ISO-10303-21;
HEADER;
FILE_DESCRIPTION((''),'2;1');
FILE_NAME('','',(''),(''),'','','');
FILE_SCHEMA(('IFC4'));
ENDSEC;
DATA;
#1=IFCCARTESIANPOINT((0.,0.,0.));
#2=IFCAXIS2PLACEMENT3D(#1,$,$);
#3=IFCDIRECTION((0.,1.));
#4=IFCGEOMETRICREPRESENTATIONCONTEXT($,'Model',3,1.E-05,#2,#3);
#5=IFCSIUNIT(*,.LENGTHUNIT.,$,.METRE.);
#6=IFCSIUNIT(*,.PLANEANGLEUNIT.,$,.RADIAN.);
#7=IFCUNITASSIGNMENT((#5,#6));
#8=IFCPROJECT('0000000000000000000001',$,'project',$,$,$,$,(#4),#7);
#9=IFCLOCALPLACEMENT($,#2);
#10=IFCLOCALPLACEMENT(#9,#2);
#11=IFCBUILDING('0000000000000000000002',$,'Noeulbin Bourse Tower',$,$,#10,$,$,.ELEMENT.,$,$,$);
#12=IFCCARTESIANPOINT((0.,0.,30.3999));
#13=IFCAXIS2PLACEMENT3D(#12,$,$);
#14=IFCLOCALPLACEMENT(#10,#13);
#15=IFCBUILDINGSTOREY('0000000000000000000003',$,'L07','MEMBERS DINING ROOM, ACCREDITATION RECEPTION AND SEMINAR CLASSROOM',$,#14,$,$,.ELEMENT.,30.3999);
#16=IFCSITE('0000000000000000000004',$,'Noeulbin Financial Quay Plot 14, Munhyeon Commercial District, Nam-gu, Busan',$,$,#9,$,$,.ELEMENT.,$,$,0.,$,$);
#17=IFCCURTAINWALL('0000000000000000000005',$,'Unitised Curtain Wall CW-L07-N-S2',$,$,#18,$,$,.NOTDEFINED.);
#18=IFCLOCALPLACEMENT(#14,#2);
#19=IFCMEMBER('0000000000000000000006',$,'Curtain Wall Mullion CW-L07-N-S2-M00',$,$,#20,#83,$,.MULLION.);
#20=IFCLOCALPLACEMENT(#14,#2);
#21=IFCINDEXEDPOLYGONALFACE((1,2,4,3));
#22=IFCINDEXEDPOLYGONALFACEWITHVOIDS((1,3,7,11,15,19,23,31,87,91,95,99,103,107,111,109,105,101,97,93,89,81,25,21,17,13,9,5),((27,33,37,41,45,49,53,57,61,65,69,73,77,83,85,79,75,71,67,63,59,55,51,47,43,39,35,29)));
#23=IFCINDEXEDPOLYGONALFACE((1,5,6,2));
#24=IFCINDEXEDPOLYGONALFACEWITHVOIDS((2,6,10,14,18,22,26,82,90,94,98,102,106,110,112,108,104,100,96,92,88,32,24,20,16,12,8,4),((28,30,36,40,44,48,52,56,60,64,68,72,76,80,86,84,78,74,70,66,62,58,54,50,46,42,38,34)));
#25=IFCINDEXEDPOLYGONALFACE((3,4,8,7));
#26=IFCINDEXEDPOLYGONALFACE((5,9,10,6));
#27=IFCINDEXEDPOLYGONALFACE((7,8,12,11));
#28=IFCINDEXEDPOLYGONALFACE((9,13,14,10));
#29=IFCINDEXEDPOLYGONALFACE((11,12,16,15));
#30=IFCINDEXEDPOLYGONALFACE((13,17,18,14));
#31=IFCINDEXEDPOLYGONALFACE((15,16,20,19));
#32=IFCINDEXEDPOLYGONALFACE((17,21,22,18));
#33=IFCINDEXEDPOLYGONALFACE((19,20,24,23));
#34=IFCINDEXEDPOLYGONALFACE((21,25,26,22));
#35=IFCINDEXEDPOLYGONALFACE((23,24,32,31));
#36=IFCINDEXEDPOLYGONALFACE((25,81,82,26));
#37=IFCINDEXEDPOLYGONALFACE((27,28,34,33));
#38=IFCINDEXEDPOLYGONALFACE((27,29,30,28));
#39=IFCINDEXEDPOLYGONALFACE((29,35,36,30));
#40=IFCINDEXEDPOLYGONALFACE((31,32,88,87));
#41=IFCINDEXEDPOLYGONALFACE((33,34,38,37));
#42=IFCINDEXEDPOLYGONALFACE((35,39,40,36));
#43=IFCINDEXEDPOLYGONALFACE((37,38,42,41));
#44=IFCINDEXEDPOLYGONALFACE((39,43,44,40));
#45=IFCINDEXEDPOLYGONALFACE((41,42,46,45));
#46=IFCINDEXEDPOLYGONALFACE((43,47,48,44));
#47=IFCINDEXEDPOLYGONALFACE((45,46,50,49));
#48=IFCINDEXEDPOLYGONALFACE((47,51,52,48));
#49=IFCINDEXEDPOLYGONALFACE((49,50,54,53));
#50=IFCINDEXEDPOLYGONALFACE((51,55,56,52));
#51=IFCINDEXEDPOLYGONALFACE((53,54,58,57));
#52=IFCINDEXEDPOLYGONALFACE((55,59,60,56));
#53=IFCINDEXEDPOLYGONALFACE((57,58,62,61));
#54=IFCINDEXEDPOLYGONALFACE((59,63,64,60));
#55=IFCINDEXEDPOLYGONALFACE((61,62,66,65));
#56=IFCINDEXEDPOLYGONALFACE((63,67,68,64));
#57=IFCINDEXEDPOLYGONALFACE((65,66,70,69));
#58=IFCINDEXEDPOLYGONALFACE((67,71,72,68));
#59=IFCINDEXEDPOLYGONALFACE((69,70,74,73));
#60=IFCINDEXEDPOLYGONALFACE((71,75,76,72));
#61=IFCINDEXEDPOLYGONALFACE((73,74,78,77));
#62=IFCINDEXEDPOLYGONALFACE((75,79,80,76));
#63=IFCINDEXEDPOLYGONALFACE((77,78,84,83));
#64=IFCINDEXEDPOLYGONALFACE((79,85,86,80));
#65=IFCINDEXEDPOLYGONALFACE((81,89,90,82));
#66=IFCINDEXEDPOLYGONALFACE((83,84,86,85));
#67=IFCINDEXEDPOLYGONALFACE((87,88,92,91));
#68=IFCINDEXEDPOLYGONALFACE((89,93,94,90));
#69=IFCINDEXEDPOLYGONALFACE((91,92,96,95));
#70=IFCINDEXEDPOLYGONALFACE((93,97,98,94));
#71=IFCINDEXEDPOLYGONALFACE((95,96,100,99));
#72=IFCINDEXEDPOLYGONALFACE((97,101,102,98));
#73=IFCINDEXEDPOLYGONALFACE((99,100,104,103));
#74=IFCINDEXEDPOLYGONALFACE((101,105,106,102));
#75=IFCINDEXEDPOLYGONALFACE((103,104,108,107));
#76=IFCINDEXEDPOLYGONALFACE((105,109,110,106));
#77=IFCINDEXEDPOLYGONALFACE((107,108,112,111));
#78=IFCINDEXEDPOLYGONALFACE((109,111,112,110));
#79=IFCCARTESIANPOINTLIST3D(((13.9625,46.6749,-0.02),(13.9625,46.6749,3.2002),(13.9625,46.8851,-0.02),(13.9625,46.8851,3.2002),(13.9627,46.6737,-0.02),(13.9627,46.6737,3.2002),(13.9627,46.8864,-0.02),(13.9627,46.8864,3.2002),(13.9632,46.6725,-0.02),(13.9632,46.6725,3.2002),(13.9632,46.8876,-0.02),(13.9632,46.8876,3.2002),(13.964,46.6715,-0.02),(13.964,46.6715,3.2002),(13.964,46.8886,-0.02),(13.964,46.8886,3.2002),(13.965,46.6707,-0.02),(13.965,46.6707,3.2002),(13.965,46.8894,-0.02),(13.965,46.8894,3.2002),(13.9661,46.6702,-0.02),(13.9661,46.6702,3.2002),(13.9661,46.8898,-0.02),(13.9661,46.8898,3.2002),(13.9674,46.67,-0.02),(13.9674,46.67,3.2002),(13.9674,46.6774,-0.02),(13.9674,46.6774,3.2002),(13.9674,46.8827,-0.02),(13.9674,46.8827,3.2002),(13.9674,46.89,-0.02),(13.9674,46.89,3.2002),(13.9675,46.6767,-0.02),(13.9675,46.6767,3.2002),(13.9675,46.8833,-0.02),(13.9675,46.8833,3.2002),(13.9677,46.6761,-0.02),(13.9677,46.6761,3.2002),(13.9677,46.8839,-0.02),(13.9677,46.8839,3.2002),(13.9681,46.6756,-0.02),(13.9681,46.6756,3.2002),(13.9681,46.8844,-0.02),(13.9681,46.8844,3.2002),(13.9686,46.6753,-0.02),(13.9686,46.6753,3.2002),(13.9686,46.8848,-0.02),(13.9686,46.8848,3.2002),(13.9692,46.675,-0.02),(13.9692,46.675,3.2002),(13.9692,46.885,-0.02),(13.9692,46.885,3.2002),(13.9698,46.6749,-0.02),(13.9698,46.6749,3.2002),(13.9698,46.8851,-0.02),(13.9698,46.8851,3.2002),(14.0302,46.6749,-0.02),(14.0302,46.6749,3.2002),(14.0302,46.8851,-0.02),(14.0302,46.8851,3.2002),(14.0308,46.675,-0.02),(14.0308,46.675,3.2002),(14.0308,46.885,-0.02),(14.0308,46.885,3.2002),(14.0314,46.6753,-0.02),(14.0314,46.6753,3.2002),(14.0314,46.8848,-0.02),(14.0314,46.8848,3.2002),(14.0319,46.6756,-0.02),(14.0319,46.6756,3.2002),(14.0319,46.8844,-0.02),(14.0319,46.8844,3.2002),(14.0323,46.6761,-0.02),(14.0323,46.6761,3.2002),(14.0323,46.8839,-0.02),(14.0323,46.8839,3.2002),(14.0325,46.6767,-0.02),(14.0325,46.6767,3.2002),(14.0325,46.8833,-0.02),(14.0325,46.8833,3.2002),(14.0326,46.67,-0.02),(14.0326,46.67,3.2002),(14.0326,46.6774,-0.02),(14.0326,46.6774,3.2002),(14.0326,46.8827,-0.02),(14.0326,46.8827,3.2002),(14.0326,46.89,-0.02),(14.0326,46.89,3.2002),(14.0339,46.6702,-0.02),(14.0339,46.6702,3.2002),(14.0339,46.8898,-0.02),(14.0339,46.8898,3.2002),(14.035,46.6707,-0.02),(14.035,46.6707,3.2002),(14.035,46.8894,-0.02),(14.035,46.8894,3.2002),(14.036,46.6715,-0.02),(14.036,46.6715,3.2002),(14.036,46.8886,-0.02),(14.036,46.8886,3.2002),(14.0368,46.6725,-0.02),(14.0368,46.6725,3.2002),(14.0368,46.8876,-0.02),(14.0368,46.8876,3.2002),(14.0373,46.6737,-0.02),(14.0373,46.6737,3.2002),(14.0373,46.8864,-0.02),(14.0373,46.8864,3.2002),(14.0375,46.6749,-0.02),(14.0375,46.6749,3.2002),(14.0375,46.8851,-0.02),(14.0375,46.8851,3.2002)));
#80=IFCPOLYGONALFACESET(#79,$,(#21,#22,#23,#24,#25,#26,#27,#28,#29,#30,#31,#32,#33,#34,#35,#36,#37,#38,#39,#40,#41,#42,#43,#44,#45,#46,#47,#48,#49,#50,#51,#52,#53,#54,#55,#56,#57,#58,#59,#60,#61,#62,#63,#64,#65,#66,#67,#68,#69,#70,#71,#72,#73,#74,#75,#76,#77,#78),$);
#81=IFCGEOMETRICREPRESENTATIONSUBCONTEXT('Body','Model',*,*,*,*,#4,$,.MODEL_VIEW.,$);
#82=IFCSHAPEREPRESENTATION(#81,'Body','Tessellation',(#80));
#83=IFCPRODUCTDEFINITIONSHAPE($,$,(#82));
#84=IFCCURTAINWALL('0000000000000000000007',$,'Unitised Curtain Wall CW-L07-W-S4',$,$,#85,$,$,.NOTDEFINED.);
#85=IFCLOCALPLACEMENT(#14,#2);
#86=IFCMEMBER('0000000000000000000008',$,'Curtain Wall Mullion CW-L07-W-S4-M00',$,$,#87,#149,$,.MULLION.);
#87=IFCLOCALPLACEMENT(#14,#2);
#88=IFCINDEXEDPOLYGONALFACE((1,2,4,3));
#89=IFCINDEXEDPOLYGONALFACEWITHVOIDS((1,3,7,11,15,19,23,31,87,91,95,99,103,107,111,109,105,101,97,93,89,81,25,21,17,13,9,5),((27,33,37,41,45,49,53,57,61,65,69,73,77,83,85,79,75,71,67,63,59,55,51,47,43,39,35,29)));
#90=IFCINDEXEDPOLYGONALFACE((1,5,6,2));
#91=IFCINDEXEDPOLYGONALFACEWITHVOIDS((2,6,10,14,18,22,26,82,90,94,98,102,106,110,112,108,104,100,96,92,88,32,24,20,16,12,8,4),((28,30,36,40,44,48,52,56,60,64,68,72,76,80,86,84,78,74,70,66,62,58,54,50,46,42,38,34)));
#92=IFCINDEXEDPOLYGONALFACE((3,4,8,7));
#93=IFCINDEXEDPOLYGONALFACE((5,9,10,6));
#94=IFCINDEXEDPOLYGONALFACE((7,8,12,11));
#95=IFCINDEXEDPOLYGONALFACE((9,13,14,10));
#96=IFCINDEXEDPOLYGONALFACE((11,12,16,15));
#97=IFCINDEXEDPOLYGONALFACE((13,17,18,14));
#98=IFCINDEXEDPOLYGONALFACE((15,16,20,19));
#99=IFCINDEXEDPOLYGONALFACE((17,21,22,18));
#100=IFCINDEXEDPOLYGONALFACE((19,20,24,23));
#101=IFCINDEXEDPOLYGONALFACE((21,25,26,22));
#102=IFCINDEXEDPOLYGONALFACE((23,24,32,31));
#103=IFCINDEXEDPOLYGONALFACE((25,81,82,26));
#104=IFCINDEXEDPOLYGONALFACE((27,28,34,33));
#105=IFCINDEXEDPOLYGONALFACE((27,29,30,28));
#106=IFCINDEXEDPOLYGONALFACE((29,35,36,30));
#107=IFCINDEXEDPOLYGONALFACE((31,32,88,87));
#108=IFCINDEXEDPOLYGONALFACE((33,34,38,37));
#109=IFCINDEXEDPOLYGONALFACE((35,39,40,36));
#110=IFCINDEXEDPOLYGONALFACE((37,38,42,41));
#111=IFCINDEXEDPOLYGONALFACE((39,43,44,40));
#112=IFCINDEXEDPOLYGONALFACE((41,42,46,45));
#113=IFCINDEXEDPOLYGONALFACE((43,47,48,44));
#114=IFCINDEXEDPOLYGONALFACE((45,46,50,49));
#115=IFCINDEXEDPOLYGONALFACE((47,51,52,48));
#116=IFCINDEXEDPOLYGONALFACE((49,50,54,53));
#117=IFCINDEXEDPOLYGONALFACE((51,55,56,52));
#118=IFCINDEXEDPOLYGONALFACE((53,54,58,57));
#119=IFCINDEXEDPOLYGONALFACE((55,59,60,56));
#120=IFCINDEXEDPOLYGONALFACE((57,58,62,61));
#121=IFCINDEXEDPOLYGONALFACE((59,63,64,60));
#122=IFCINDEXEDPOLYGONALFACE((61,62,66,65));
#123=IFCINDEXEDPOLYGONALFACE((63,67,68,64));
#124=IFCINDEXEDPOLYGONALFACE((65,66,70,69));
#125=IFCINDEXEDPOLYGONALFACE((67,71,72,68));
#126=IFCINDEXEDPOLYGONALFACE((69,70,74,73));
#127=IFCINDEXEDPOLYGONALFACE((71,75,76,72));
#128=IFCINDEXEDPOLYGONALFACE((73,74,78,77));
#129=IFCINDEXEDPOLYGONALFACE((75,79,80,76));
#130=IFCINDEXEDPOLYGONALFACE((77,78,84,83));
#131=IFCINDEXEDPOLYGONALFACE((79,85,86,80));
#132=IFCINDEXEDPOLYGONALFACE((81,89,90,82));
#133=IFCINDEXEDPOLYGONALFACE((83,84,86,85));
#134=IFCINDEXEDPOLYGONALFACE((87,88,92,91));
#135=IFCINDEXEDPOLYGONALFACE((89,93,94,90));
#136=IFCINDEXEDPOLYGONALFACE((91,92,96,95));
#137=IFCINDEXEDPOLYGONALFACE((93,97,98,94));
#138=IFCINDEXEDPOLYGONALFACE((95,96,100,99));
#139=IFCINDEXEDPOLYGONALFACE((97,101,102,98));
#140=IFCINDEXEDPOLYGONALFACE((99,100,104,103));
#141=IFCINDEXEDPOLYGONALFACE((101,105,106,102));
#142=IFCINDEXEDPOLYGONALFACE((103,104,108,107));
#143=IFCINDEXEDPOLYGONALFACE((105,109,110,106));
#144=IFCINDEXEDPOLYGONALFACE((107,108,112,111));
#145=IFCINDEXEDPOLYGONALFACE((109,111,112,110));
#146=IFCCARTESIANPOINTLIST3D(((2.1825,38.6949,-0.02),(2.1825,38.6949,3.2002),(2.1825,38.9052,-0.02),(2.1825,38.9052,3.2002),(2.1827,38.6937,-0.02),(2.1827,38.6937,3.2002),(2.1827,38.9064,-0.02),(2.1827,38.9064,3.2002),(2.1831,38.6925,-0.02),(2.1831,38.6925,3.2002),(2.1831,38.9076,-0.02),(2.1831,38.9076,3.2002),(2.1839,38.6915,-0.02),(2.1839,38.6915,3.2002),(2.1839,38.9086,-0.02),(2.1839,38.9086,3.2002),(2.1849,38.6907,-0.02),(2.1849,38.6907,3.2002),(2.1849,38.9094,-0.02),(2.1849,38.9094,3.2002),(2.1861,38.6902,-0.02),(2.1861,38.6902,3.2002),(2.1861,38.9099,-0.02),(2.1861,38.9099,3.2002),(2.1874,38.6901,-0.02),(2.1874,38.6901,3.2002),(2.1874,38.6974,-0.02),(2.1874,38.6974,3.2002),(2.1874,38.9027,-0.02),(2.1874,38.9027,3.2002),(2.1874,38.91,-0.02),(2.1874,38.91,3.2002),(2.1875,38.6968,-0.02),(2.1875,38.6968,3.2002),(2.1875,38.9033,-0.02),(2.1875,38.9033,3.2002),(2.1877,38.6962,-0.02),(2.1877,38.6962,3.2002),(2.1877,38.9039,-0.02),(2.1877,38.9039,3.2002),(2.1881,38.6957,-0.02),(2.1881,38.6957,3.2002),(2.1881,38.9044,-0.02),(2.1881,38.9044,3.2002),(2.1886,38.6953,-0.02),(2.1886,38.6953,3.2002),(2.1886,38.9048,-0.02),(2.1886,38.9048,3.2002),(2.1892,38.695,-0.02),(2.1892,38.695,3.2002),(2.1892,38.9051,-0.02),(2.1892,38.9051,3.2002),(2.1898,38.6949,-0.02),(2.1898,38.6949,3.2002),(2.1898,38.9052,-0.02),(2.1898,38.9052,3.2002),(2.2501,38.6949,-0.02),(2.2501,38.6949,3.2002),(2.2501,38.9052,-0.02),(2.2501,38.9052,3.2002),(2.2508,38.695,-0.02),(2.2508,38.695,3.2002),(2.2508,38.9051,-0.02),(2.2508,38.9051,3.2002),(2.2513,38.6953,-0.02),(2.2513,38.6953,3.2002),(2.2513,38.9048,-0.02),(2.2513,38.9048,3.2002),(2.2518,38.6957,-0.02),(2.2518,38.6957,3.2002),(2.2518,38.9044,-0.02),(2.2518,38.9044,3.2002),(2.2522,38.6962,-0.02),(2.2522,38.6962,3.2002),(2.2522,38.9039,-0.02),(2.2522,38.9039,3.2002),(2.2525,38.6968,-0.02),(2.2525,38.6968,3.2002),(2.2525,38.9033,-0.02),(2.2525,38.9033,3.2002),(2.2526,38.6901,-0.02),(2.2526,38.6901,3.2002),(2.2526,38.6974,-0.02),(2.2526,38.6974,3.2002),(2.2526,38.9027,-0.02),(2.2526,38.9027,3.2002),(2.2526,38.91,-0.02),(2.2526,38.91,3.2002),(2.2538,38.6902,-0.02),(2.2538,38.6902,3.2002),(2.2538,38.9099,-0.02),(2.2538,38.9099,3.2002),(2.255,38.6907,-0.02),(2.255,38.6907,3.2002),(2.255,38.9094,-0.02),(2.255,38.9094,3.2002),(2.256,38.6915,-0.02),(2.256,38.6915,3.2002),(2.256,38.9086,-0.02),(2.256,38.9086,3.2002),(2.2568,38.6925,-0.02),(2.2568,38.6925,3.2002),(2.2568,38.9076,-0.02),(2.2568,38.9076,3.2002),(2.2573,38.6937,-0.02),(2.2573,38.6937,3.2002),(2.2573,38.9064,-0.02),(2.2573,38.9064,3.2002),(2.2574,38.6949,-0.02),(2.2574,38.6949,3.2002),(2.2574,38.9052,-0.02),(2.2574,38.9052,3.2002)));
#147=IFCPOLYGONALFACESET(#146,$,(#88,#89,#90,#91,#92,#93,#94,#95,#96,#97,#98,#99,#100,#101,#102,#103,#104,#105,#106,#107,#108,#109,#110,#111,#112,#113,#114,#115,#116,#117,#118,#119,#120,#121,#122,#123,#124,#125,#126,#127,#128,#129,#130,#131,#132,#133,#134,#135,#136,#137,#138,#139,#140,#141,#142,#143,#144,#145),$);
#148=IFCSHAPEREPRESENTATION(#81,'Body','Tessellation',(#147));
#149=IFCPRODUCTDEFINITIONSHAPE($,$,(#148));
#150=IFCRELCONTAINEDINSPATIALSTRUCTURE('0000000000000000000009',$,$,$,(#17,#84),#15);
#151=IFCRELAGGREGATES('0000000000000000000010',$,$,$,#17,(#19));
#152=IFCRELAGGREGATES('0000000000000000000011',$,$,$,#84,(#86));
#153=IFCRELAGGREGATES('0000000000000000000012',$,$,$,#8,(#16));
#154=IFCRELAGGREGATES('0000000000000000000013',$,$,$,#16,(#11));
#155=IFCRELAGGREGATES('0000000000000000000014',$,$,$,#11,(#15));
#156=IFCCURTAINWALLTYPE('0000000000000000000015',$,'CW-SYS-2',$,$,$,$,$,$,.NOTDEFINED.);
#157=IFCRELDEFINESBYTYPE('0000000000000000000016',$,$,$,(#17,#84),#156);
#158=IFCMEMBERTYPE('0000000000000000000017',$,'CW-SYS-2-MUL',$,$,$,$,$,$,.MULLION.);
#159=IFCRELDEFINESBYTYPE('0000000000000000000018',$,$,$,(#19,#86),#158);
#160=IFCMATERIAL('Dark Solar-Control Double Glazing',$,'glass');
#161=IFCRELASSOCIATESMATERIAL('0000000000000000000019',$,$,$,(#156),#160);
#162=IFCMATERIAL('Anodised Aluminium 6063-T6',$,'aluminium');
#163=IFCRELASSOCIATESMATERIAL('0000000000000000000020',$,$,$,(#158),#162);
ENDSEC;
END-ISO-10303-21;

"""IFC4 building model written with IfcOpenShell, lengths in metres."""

from ifc_helpers import new_model, si_unit, direction, frame, origin, origin_2d, place, context, subcontext, project, spatial, hollow_rectangle, extrude, material, material_profile, profile_set, type_object, element, aggregate, save


model = new_model("IFC4")

# Units and contexts
model_context = context("Model", 3, precision=1e-05, world=origin(), true_north=direction((0.0, 1.0)))
body_context = subcontext(model_context, "Body", "Model", "MODEL_VIEW")
ifc_project = project(units=[si_unit("LENGTHUNIT", "METRE"), si_unit("PLANEANGLEUNIT", "RADIAN")], contexts=[model_context])

# Site, building, storey
site_placement = place(None, origin())
site = spatial("IfcSite", under=ifc_project, at=site_placement, Name="Noeulbin Financial Quay Plot 14, Munhyeon Commercial District, Nam-gu, Busan", CompositionType="ELEMENT", RefElevation=0.0)
building_placement = place(site_placement, origin())
building = spatial("IfcBuilding", under=site, at=building_placement, Name="Noeulbin Bourse Tower", CompositionType="ELEMENT")
storey_placement = place(building_placement, frame((0.0, 0.0, 30.3999)))
storey = spatial("IfcBuildingStorey", under=building, at=storey_placement, Name="L07", Description="MEMBERS DINING ROOM, ACCREDITATION RECEPTION AND SEMINAR CLASSROOM", CompositionType="ELEMENT", Elevation=30.3999)

# Shared definitions
ifc_material_1 = material(Name="Dark Solar-Control Double Glazing", Category="glass")
curtain_wall_type = type_object("IfcCurtainWallType", Name="CW-SYS-2", PredefinedType="NOTDEFINED", material=ifc_material_1)
ifc_material_2 = material(Name="Anodised Aluminium 6063-T6", Category="aluminium")
ifc_material_profile_1 = material_profile(ifc_material_2, hollow_rectangle(XDim=0.075, YDim=0.22, WallThickness=0.0049, InnerFilletRadius=0.0024, OuterFilletRadius=0.0049, at=origin_2d()), Name="ALU-MULL-75x220x5", Category="LoadBearing")
ifc_profile_set_1 = profile_set([ifc_material_profile_1], Name="Anodised Aluminium 6063-T6")
member_type_1 = type_object("IfcMemberType", Name="CW-SYS-2-MUL", PredefinedType="MULLION", material=ifc_profile_set_1)

# Curtain wall, member
curtain_wall_1_placement = place(storey_placement, origin())
curtain_wall_1 = element("IfcCurtainWall", 1, at=curtain_wall_1_placement, inside=storey, type_object=curtain_wall_type, Name="Unitised Curtain Wall CW-L07-N-S2", PredefinedType="NOTDEFINED")
member_1_placement = place(storey_placement, frame((14.0, 46.78, -0.02), z_axis=(0.0, 0.0, 1.0), x_axis=(1.0, 0.0, 0.0)))
member_1 = element("IfcMember", 2, at=member_1_placement, type_object=member_type_1, Name="Curtain Wall Mullion CW-L07-N-S2-M00", PredefinedType="MULLION", context=body_context, shape_type="SweptSolid", body=[
    extrude(hollow_rectangle(XDim=0.075, YDim=0.22, WallThickness=0.0049, InnerFilletRadius=0.0024, OuterFilletRadius=0.0049, at=origin_2d()), origin(), (0.0, 0.0, 1.0), 3.2202),
])

# Curtain wall, member
curtain_wall_2_placement = place(storey_placement, origin())
curtain_wall_2 = element("IfcCurtainWall", 3, at=curtain_wall_2_placement, inside=storey, type_object=curtain_wall_type, Name="Unitised Curtain Wall CW-L07-W-S4", PredefinedType="NOTDEFINED")
member_2_placement = place(storey_placement, frame((2.22, 38.8, -0.02), z_axis=(0.0, 0.0, 1.0), x_axis=(1.0, 0.0, 0.0)))
member_2 = element("IfcMember", 4, at=member_2_placement, type_object=member_type_1, Name="Curtain Wall Mullion CW-L07-W-S4-M00", PredefinedType="MULLION", context=body_context, shape_type="SweptSolid", body=[
    extrude(hollow_rectangle(XDim=0.075, YDim=0.22, WallThickness=0.0049, InnerFilletRadius=0.0024, OuterFilletRadius=0.0049, at=origin_2d()), origin(), (0.0, 0.0, 1.0), 3.2202),
])

aggregate(curtain_wall_1, [member_1])

aggregate(curtain_wall_2, [member_2])

save(model, "model.ifc")
